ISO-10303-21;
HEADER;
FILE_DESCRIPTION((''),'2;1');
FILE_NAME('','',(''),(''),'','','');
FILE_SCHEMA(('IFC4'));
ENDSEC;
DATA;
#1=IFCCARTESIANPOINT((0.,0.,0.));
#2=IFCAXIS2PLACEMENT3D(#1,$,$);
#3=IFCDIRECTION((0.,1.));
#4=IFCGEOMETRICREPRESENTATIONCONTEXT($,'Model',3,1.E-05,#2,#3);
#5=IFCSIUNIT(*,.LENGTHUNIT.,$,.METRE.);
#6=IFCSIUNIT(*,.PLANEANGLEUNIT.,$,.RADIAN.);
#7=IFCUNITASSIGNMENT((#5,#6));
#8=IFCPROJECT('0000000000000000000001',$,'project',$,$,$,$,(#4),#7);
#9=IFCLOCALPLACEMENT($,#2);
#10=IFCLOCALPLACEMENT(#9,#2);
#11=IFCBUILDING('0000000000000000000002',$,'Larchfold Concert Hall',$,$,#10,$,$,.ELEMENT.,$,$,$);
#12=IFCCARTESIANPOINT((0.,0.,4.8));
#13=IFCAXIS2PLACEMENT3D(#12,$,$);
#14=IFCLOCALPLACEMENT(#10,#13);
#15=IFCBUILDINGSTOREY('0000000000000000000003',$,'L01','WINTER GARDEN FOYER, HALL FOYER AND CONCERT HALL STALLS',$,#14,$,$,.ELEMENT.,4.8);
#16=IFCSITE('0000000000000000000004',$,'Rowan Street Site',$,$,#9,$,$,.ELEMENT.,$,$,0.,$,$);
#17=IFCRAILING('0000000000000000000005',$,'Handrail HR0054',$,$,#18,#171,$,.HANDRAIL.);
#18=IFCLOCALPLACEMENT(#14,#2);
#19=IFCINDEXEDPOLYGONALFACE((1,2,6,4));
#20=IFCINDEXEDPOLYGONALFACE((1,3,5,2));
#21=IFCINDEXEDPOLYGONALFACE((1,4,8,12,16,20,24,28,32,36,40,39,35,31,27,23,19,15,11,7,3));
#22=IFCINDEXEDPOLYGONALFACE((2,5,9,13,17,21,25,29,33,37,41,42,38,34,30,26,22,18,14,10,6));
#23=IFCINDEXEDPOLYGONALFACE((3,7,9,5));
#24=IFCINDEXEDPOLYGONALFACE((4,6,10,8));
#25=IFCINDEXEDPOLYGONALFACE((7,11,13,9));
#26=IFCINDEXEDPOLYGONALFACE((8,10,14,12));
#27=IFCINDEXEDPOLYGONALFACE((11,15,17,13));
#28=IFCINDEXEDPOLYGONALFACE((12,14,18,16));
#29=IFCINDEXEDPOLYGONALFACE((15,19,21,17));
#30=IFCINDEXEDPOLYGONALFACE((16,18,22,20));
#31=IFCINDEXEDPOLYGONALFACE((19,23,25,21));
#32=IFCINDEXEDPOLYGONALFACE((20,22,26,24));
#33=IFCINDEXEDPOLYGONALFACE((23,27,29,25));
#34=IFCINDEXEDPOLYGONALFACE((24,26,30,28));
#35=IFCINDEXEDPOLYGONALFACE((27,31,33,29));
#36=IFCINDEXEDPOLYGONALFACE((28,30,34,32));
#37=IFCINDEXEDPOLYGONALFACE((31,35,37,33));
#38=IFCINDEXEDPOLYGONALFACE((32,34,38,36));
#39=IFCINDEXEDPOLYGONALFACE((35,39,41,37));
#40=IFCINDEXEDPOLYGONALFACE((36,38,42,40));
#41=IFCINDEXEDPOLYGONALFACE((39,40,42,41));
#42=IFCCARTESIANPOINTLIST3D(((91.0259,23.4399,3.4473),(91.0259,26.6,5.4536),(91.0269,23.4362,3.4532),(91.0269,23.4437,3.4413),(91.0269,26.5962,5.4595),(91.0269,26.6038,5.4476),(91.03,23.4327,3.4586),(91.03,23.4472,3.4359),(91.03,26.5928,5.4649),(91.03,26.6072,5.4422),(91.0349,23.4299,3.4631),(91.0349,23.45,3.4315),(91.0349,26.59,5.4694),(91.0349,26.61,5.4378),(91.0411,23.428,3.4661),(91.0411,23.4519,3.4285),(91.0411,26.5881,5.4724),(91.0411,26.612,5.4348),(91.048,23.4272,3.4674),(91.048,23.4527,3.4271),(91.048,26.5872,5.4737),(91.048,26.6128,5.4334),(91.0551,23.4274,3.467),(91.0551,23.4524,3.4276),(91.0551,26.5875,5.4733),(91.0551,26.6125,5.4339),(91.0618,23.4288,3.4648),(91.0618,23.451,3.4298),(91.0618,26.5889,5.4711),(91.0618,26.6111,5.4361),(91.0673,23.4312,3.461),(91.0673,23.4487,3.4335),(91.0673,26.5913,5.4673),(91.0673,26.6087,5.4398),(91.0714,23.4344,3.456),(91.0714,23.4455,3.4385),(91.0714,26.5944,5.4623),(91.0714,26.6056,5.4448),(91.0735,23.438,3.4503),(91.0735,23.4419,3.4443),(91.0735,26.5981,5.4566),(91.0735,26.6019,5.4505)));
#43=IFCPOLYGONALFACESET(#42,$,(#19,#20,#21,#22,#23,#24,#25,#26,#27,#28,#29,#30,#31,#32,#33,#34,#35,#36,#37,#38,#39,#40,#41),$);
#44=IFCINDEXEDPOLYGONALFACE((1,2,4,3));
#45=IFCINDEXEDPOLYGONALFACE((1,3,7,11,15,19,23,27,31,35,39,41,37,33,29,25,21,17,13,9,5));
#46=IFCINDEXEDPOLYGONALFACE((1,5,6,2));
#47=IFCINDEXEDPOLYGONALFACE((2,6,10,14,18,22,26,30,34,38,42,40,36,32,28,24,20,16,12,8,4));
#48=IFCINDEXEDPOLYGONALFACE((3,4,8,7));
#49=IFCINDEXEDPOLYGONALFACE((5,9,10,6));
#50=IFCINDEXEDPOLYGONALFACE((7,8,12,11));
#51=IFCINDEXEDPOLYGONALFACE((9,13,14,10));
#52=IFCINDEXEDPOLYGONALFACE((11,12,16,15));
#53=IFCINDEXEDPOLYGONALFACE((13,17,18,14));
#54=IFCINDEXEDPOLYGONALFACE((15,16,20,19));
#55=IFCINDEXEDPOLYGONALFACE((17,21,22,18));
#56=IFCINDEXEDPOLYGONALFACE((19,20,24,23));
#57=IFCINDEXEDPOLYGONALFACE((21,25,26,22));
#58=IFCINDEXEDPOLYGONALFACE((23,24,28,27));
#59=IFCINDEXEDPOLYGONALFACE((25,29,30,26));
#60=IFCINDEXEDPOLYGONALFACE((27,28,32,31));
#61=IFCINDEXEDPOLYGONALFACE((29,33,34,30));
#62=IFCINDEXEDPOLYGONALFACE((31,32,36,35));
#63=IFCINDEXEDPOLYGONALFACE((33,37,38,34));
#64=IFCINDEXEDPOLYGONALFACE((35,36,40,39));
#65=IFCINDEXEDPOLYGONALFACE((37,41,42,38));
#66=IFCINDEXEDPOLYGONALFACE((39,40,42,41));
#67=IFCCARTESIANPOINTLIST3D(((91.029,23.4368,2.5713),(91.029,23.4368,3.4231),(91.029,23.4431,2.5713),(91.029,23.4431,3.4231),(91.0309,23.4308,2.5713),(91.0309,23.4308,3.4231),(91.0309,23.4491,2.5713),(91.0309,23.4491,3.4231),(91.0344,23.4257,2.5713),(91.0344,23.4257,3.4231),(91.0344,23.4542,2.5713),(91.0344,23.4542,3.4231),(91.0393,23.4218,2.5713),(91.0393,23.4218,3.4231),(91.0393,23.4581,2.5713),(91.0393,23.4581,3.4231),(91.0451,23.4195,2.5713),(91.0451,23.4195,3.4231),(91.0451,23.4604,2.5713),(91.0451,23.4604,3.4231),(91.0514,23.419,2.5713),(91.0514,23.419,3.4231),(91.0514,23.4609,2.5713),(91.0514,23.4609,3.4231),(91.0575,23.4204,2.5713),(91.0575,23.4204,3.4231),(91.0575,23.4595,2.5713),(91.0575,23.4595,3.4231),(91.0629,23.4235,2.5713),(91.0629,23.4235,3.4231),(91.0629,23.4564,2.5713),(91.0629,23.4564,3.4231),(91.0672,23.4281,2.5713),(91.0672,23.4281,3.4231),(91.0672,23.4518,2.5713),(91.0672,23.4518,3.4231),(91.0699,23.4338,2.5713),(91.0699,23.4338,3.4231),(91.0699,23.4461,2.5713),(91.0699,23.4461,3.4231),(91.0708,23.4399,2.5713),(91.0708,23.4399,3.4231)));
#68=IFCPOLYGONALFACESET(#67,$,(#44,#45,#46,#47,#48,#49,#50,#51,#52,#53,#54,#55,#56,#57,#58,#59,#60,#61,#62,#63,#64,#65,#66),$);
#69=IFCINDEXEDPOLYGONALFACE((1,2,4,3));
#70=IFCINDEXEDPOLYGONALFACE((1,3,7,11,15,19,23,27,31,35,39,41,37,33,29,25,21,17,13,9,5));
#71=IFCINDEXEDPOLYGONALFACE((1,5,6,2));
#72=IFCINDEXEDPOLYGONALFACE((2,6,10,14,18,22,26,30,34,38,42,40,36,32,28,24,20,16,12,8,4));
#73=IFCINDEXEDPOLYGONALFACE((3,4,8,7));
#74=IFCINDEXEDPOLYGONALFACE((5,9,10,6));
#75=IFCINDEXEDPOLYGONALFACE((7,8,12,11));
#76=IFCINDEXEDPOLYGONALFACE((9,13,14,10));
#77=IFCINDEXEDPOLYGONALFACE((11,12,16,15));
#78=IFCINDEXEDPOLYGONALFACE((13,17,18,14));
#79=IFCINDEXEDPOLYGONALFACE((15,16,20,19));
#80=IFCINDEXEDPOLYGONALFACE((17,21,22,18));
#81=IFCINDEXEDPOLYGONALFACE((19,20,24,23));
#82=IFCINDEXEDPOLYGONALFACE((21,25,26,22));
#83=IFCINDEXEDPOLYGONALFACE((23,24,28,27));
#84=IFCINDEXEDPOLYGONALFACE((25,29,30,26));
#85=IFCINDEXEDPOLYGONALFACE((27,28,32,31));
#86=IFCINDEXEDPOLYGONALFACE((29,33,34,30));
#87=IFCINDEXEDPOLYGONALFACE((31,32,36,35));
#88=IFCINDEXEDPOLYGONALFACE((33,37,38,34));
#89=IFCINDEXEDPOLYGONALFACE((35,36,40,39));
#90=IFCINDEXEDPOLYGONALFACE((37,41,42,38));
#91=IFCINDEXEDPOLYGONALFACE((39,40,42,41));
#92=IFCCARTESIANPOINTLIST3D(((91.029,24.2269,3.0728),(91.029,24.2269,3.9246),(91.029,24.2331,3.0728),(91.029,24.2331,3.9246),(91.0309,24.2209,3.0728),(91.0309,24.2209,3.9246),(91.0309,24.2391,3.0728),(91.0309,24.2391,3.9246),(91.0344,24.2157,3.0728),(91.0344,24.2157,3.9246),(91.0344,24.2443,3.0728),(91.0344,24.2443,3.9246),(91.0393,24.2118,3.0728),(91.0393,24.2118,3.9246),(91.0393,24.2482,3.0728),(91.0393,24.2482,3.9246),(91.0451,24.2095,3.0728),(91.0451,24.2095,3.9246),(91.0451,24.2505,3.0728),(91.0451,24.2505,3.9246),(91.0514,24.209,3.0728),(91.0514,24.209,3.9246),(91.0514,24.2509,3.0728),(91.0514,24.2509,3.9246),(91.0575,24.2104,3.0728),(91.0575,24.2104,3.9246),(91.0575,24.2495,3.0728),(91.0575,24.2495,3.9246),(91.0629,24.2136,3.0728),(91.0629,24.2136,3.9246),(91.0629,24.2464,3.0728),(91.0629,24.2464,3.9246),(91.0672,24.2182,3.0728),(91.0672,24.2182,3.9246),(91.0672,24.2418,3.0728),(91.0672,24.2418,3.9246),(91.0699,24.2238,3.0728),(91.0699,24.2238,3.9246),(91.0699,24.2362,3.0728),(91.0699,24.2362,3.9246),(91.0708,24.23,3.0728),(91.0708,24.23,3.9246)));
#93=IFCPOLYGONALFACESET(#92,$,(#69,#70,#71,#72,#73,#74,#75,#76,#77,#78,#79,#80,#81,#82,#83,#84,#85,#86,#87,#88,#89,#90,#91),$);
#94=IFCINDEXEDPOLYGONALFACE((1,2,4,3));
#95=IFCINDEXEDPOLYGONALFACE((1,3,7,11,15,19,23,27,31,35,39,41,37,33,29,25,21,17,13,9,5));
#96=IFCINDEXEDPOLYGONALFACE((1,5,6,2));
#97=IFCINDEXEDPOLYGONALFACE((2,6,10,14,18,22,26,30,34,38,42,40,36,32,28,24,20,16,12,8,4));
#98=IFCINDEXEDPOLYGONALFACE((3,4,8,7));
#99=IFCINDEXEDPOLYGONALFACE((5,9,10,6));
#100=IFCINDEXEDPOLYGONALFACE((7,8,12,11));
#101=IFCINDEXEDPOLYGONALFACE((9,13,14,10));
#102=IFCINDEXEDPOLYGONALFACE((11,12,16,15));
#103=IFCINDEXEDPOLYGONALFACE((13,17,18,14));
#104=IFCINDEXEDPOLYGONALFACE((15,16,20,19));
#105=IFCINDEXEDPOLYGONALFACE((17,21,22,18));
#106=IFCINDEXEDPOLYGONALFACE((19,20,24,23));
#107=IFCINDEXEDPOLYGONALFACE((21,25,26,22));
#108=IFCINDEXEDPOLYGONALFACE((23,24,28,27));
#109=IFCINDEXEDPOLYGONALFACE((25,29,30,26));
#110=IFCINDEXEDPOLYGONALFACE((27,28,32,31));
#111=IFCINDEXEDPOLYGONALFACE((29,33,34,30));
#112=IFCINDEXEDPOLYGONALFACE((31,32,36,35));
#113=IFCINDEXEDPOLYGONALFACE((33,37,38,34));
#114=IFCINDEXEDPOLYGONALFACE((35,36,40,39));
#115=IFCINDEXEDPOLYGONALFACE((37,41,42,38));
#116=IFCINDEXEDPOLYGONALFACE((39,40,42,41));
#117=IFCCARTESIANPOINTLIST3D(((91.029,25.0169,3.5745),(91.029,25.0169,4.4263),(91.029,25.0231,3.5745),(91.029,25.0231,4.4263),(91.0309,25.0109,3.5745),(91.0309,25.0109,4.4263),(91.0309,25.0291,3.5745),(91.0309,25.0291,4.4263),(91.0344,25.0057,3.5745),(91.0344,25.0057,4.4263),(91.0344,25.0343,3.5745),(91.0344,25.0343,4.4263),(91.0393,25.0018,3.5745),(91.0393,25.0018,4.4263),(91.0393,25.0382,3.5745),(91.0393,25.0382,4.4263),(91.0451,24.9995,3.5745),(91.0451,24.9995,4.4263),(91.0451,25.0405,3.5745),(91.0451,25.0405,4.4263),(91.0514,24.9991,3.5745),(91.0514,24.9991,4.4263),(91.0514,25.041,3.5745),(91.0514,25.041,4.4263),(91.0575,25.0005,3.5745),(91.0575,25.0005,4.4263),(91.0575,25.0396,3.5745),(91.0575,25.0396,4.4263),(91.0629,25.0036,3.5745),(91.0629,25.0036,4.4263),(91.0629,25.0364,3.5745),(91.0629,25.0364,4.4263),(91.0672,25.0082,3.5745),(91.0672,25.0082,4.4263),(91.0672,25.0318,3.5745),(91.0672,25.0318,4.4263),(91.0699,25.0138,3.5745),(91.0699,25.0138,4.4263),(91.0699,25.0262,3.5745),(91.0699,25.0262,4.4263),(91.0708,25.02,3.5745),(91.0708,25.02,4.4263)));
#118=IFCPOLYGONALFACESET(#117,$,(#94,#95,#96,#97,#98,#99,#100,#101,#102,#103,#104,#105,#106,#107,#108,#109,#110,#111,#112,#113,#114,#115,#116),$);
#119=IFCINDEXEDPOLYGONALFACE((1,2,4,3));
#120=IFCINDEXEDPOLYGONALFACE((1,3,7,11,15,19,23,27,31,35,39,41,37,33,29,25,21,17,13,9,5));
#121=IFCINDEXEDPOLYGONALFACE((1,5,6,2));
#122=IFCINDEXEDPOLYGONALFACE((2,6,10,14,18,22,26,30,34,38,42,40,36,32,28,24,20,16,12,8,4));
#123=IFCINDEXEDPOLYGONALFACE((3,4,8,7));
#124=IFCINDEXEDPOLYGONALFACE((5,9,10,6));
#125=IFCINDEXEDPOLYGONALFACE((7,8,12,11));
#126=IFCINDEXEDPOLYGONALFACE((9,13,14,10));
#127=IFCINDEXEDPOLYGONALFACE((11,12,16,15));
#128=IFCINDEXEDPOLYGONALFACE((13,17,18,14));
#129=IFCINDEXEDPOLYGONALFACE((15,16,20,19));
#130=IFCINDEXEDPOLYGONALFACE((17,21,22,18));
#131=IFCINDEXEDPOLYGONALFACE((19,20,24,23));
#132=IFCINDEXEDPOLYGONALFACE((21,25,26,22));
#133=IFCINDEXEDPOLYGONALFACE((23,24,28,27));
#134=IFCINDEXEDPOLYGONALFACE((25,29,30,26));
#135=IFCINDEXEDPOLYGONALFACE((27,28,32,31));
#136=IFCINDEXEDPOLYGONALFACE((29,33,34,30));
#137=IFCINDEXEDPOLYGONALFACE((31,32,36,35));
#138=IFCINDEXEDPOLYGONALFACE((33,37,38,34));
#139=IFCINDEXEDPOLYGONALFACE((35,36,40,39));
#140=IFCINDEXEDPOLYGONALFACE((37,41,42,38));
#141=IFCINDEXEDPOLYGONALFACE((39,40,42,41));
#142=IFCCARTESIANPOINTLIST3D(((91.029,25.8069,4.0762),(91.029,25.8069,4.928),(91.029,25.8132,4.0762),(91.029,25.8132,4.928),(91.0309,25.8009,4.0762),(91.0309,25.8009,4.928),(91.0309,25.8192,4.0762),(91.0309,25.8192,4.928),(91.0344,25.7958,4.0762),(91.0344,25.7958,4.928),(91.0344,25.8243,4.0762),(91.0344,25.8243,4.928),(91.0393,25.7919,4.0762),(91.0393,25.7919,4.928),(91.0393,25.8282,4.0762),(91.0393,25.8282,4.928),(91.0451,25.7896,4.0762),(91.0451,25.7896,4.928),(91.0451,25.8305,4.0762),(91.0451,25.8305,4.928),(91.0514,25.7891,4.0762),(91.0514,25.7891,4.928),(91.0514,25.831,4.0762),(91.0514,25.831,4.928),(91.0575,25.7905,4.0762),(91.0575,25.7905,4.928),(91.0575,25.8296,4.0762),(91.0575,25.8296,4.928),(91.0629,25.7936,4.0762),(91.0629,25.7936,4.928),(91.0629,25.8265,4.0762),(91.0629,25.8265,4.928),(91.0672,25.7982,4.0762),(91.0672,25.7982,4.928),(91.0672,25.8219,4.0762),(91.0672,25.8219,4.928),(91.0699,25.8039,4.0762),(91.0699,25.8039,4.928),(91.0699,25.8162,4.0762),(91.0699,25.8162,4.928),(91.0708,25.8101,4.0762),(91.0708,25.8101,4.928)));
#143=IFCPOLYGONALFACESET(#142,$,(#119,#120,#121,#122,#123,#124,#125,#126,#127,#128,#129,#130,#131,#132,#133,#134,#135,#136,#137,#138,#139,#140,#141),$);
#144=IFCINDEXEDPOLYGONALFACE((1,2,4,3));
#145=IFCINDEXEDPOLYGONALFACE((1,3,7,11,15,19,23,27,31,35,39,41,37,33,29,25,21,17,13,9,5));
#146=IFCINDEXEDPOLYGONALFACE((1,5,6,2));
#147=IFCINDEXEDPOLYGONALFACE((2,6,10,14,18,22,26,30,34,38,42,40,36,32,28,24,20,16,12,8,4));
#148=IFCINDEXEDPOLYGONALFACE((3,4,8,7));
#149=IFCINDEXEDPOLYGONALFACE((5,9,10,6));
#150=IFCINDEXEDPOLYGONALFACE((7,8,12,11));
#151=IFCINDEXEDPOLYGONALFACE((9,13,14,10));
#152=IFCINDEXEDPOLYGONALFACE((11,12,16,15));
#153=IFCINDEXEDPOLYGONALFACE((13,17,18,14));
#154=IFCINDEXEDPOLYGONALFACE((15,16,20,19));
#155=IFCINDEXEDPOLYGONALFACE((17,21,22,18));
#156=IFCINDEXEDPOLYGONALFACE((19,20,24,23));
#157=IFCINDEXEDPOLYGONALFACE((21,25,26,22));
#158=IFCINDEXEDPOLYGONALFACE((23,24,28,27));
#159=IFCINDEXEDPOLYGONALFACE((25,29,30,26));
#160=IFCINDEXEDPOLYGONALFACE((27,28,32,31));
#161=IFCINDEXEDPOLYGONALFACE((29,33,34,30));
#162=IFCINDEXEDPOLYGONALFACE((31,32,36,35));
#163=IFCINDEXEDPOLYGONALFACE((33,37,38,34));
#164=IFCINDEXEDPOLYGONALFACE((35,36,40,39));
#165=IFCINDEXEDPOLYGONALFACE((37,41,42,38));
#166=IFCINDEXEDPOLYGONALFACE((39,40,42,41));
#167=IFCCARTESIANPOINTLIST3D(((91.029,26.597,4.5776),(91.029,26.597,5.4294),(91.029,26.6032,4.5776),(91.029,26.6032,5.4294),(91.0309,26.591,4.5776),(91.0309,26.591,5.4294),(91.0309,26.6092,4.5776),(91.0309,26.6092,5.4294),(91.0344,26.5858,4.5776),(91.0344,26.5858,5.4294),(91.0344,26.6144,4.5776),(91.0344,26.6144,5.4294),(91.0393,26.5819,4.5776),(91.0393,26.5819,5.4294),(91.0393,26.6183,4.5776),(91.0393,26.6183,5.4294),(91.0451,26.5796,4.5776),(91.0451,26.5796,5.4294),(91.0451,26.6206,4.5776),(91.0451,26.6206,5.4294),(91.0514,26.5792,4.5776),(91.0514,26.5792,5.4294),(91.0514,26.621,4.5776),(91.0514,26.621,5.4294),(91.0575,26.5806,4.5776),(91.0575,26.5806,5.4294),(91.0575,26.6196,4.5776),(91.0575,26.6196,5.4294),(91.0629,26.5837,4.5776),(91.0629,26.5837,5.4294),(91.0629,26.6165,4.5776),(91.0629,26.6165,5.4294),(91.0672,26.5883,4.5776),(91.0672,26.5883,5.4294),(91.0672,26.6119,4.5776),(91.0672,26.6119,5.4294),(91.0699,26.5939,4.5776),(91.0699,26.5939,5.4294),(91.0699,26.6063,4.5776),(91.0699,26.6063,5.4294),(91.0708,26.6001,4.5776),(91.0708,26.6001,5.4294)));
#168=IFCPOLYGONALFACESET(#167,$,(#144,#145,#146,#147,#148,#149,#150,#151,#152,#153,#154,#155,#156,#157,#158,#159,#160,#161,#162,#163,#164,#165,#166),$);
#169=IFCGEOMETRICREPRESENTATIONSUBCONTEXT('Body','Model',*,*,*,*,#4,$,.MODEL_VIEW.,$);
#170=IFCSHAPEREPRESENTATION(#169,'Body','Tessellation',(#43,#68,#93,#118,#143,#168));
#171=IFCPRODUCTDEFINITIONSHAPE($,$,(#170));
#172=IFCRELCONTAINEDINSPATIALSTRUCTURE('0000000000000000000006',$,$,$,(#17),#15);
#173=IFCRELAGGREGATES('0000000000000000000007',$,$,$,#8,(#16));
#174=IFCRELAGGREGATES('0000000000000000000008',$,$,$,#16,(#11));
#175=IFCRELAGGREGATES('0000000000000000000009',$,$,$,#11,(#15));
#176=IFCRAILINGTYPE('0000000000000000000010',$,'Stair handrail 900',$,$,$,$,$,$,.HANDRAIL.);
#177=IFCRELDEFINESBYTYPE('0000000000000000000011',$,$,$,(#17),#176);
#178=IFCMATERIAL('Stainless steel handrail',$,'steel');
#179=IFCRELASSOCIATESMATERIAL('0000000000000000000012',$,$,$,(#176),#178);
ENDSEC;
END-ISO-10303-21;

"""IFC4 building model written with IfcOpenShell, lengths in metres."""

from ifc_helpers import new_model, si_unit, direction, frame, origin, origin_2d, place, context, subcontext, project, spatial, circle, extrude, material, type_object, element, save


model = new_model("IFC4")

# Units and contexts
model_context = context("Model", 3, precision=1e-05, world=origin(), true_north=direction((0.0, 1.0)))
body_context = subcontext(model_context, "Body", "Model", "MODEL_VIEW")
ifc_project = project(units=[si_unit("LENGTHUNIT", "METRE"), si_unit("PLANEANGLEUNIT", "RADIAN")], contexts=[model_context])

# Site, building, storey
site_placement = place(None, origin())
site = spatial("IfcSite", under=ifc_project, at=site_placement, Name="Rowan Street Site", CompositionType="ELEMENT", RefElevation=0.0)
building_placement = place(site_placement, origin())
building = spatial("IfcBuilding", under=site, at=building_placement, Name="Larchfold Concert Hall", CompositionType="ELEMENT")
storey_placement = place(building_placement, frame((0.0, 0.0, 4.8)))
storey = spatial("IfcBuildingStorey", under=building, at=storey_placement, Name="L01", Description="WINTER GARDEN FOYER, HALL FOYER AND CONCERT HALL STALLS", CompositionType="ELEMENT", Elevation=4.8)

# Railing
ifc_material_1 = material(Name="Stainless steel handrail", Category="steel")
railing_type_1 = type_object("IfcRailingType", Name="Stair handrail 900", PredefinedType="HANDRAIL", material=ifc_material_1)
railing_1_placement = place(storey_placement, frame((91.0498, 23.4399, 2.5713)))
element("IfcRailing", 1, at=railing_1_placement, inside=storey, type_object=railing_type_1, Name="Handrail HR0054", PredefinedType="HANDRAIL", context=body_context, shape_type="SweptSolid", body=[
    extrude(circle(Radius=0.0239, at=origin_2d()), frame((0.0, 0.0, 0.876), z_axis=(0.0, 0.844225, 0.535989), x_axis=(-1.0, 0.0, 0.0)), (0.0, 0.0, 1.0), 3.7432),
    extrude(circle(Radius=0.021, at=origin_2d()), origin(), (0.0, 0.0, 1.0), 0.8518),
    extrude(circle(Radius=0.021, at=origin_2d()), frame((0.0, 0.79, 0.5015)), (0.0, 0.0, 1.0), 0.8518),
    extrude(circle(Radius=0.021, at=origin_2d()), frame((0.0, 1.5801, 1.0032)), (0.0, 0.0, 1.0), 0.8518),
    extrude(circle(Radius=0.021, at=origin_2d()), frame((0.0, 2.3701, 1.5049)), (0.0, 0.0, 1.0), 0.8518),
    extrude(circle(Radius=0.021, at=origin_2d()), frame((0.0, 3.1602, 2.0063)), (0.0, 0.0, 1.0), 0.8518),
])

save(model, "model.ifc")
